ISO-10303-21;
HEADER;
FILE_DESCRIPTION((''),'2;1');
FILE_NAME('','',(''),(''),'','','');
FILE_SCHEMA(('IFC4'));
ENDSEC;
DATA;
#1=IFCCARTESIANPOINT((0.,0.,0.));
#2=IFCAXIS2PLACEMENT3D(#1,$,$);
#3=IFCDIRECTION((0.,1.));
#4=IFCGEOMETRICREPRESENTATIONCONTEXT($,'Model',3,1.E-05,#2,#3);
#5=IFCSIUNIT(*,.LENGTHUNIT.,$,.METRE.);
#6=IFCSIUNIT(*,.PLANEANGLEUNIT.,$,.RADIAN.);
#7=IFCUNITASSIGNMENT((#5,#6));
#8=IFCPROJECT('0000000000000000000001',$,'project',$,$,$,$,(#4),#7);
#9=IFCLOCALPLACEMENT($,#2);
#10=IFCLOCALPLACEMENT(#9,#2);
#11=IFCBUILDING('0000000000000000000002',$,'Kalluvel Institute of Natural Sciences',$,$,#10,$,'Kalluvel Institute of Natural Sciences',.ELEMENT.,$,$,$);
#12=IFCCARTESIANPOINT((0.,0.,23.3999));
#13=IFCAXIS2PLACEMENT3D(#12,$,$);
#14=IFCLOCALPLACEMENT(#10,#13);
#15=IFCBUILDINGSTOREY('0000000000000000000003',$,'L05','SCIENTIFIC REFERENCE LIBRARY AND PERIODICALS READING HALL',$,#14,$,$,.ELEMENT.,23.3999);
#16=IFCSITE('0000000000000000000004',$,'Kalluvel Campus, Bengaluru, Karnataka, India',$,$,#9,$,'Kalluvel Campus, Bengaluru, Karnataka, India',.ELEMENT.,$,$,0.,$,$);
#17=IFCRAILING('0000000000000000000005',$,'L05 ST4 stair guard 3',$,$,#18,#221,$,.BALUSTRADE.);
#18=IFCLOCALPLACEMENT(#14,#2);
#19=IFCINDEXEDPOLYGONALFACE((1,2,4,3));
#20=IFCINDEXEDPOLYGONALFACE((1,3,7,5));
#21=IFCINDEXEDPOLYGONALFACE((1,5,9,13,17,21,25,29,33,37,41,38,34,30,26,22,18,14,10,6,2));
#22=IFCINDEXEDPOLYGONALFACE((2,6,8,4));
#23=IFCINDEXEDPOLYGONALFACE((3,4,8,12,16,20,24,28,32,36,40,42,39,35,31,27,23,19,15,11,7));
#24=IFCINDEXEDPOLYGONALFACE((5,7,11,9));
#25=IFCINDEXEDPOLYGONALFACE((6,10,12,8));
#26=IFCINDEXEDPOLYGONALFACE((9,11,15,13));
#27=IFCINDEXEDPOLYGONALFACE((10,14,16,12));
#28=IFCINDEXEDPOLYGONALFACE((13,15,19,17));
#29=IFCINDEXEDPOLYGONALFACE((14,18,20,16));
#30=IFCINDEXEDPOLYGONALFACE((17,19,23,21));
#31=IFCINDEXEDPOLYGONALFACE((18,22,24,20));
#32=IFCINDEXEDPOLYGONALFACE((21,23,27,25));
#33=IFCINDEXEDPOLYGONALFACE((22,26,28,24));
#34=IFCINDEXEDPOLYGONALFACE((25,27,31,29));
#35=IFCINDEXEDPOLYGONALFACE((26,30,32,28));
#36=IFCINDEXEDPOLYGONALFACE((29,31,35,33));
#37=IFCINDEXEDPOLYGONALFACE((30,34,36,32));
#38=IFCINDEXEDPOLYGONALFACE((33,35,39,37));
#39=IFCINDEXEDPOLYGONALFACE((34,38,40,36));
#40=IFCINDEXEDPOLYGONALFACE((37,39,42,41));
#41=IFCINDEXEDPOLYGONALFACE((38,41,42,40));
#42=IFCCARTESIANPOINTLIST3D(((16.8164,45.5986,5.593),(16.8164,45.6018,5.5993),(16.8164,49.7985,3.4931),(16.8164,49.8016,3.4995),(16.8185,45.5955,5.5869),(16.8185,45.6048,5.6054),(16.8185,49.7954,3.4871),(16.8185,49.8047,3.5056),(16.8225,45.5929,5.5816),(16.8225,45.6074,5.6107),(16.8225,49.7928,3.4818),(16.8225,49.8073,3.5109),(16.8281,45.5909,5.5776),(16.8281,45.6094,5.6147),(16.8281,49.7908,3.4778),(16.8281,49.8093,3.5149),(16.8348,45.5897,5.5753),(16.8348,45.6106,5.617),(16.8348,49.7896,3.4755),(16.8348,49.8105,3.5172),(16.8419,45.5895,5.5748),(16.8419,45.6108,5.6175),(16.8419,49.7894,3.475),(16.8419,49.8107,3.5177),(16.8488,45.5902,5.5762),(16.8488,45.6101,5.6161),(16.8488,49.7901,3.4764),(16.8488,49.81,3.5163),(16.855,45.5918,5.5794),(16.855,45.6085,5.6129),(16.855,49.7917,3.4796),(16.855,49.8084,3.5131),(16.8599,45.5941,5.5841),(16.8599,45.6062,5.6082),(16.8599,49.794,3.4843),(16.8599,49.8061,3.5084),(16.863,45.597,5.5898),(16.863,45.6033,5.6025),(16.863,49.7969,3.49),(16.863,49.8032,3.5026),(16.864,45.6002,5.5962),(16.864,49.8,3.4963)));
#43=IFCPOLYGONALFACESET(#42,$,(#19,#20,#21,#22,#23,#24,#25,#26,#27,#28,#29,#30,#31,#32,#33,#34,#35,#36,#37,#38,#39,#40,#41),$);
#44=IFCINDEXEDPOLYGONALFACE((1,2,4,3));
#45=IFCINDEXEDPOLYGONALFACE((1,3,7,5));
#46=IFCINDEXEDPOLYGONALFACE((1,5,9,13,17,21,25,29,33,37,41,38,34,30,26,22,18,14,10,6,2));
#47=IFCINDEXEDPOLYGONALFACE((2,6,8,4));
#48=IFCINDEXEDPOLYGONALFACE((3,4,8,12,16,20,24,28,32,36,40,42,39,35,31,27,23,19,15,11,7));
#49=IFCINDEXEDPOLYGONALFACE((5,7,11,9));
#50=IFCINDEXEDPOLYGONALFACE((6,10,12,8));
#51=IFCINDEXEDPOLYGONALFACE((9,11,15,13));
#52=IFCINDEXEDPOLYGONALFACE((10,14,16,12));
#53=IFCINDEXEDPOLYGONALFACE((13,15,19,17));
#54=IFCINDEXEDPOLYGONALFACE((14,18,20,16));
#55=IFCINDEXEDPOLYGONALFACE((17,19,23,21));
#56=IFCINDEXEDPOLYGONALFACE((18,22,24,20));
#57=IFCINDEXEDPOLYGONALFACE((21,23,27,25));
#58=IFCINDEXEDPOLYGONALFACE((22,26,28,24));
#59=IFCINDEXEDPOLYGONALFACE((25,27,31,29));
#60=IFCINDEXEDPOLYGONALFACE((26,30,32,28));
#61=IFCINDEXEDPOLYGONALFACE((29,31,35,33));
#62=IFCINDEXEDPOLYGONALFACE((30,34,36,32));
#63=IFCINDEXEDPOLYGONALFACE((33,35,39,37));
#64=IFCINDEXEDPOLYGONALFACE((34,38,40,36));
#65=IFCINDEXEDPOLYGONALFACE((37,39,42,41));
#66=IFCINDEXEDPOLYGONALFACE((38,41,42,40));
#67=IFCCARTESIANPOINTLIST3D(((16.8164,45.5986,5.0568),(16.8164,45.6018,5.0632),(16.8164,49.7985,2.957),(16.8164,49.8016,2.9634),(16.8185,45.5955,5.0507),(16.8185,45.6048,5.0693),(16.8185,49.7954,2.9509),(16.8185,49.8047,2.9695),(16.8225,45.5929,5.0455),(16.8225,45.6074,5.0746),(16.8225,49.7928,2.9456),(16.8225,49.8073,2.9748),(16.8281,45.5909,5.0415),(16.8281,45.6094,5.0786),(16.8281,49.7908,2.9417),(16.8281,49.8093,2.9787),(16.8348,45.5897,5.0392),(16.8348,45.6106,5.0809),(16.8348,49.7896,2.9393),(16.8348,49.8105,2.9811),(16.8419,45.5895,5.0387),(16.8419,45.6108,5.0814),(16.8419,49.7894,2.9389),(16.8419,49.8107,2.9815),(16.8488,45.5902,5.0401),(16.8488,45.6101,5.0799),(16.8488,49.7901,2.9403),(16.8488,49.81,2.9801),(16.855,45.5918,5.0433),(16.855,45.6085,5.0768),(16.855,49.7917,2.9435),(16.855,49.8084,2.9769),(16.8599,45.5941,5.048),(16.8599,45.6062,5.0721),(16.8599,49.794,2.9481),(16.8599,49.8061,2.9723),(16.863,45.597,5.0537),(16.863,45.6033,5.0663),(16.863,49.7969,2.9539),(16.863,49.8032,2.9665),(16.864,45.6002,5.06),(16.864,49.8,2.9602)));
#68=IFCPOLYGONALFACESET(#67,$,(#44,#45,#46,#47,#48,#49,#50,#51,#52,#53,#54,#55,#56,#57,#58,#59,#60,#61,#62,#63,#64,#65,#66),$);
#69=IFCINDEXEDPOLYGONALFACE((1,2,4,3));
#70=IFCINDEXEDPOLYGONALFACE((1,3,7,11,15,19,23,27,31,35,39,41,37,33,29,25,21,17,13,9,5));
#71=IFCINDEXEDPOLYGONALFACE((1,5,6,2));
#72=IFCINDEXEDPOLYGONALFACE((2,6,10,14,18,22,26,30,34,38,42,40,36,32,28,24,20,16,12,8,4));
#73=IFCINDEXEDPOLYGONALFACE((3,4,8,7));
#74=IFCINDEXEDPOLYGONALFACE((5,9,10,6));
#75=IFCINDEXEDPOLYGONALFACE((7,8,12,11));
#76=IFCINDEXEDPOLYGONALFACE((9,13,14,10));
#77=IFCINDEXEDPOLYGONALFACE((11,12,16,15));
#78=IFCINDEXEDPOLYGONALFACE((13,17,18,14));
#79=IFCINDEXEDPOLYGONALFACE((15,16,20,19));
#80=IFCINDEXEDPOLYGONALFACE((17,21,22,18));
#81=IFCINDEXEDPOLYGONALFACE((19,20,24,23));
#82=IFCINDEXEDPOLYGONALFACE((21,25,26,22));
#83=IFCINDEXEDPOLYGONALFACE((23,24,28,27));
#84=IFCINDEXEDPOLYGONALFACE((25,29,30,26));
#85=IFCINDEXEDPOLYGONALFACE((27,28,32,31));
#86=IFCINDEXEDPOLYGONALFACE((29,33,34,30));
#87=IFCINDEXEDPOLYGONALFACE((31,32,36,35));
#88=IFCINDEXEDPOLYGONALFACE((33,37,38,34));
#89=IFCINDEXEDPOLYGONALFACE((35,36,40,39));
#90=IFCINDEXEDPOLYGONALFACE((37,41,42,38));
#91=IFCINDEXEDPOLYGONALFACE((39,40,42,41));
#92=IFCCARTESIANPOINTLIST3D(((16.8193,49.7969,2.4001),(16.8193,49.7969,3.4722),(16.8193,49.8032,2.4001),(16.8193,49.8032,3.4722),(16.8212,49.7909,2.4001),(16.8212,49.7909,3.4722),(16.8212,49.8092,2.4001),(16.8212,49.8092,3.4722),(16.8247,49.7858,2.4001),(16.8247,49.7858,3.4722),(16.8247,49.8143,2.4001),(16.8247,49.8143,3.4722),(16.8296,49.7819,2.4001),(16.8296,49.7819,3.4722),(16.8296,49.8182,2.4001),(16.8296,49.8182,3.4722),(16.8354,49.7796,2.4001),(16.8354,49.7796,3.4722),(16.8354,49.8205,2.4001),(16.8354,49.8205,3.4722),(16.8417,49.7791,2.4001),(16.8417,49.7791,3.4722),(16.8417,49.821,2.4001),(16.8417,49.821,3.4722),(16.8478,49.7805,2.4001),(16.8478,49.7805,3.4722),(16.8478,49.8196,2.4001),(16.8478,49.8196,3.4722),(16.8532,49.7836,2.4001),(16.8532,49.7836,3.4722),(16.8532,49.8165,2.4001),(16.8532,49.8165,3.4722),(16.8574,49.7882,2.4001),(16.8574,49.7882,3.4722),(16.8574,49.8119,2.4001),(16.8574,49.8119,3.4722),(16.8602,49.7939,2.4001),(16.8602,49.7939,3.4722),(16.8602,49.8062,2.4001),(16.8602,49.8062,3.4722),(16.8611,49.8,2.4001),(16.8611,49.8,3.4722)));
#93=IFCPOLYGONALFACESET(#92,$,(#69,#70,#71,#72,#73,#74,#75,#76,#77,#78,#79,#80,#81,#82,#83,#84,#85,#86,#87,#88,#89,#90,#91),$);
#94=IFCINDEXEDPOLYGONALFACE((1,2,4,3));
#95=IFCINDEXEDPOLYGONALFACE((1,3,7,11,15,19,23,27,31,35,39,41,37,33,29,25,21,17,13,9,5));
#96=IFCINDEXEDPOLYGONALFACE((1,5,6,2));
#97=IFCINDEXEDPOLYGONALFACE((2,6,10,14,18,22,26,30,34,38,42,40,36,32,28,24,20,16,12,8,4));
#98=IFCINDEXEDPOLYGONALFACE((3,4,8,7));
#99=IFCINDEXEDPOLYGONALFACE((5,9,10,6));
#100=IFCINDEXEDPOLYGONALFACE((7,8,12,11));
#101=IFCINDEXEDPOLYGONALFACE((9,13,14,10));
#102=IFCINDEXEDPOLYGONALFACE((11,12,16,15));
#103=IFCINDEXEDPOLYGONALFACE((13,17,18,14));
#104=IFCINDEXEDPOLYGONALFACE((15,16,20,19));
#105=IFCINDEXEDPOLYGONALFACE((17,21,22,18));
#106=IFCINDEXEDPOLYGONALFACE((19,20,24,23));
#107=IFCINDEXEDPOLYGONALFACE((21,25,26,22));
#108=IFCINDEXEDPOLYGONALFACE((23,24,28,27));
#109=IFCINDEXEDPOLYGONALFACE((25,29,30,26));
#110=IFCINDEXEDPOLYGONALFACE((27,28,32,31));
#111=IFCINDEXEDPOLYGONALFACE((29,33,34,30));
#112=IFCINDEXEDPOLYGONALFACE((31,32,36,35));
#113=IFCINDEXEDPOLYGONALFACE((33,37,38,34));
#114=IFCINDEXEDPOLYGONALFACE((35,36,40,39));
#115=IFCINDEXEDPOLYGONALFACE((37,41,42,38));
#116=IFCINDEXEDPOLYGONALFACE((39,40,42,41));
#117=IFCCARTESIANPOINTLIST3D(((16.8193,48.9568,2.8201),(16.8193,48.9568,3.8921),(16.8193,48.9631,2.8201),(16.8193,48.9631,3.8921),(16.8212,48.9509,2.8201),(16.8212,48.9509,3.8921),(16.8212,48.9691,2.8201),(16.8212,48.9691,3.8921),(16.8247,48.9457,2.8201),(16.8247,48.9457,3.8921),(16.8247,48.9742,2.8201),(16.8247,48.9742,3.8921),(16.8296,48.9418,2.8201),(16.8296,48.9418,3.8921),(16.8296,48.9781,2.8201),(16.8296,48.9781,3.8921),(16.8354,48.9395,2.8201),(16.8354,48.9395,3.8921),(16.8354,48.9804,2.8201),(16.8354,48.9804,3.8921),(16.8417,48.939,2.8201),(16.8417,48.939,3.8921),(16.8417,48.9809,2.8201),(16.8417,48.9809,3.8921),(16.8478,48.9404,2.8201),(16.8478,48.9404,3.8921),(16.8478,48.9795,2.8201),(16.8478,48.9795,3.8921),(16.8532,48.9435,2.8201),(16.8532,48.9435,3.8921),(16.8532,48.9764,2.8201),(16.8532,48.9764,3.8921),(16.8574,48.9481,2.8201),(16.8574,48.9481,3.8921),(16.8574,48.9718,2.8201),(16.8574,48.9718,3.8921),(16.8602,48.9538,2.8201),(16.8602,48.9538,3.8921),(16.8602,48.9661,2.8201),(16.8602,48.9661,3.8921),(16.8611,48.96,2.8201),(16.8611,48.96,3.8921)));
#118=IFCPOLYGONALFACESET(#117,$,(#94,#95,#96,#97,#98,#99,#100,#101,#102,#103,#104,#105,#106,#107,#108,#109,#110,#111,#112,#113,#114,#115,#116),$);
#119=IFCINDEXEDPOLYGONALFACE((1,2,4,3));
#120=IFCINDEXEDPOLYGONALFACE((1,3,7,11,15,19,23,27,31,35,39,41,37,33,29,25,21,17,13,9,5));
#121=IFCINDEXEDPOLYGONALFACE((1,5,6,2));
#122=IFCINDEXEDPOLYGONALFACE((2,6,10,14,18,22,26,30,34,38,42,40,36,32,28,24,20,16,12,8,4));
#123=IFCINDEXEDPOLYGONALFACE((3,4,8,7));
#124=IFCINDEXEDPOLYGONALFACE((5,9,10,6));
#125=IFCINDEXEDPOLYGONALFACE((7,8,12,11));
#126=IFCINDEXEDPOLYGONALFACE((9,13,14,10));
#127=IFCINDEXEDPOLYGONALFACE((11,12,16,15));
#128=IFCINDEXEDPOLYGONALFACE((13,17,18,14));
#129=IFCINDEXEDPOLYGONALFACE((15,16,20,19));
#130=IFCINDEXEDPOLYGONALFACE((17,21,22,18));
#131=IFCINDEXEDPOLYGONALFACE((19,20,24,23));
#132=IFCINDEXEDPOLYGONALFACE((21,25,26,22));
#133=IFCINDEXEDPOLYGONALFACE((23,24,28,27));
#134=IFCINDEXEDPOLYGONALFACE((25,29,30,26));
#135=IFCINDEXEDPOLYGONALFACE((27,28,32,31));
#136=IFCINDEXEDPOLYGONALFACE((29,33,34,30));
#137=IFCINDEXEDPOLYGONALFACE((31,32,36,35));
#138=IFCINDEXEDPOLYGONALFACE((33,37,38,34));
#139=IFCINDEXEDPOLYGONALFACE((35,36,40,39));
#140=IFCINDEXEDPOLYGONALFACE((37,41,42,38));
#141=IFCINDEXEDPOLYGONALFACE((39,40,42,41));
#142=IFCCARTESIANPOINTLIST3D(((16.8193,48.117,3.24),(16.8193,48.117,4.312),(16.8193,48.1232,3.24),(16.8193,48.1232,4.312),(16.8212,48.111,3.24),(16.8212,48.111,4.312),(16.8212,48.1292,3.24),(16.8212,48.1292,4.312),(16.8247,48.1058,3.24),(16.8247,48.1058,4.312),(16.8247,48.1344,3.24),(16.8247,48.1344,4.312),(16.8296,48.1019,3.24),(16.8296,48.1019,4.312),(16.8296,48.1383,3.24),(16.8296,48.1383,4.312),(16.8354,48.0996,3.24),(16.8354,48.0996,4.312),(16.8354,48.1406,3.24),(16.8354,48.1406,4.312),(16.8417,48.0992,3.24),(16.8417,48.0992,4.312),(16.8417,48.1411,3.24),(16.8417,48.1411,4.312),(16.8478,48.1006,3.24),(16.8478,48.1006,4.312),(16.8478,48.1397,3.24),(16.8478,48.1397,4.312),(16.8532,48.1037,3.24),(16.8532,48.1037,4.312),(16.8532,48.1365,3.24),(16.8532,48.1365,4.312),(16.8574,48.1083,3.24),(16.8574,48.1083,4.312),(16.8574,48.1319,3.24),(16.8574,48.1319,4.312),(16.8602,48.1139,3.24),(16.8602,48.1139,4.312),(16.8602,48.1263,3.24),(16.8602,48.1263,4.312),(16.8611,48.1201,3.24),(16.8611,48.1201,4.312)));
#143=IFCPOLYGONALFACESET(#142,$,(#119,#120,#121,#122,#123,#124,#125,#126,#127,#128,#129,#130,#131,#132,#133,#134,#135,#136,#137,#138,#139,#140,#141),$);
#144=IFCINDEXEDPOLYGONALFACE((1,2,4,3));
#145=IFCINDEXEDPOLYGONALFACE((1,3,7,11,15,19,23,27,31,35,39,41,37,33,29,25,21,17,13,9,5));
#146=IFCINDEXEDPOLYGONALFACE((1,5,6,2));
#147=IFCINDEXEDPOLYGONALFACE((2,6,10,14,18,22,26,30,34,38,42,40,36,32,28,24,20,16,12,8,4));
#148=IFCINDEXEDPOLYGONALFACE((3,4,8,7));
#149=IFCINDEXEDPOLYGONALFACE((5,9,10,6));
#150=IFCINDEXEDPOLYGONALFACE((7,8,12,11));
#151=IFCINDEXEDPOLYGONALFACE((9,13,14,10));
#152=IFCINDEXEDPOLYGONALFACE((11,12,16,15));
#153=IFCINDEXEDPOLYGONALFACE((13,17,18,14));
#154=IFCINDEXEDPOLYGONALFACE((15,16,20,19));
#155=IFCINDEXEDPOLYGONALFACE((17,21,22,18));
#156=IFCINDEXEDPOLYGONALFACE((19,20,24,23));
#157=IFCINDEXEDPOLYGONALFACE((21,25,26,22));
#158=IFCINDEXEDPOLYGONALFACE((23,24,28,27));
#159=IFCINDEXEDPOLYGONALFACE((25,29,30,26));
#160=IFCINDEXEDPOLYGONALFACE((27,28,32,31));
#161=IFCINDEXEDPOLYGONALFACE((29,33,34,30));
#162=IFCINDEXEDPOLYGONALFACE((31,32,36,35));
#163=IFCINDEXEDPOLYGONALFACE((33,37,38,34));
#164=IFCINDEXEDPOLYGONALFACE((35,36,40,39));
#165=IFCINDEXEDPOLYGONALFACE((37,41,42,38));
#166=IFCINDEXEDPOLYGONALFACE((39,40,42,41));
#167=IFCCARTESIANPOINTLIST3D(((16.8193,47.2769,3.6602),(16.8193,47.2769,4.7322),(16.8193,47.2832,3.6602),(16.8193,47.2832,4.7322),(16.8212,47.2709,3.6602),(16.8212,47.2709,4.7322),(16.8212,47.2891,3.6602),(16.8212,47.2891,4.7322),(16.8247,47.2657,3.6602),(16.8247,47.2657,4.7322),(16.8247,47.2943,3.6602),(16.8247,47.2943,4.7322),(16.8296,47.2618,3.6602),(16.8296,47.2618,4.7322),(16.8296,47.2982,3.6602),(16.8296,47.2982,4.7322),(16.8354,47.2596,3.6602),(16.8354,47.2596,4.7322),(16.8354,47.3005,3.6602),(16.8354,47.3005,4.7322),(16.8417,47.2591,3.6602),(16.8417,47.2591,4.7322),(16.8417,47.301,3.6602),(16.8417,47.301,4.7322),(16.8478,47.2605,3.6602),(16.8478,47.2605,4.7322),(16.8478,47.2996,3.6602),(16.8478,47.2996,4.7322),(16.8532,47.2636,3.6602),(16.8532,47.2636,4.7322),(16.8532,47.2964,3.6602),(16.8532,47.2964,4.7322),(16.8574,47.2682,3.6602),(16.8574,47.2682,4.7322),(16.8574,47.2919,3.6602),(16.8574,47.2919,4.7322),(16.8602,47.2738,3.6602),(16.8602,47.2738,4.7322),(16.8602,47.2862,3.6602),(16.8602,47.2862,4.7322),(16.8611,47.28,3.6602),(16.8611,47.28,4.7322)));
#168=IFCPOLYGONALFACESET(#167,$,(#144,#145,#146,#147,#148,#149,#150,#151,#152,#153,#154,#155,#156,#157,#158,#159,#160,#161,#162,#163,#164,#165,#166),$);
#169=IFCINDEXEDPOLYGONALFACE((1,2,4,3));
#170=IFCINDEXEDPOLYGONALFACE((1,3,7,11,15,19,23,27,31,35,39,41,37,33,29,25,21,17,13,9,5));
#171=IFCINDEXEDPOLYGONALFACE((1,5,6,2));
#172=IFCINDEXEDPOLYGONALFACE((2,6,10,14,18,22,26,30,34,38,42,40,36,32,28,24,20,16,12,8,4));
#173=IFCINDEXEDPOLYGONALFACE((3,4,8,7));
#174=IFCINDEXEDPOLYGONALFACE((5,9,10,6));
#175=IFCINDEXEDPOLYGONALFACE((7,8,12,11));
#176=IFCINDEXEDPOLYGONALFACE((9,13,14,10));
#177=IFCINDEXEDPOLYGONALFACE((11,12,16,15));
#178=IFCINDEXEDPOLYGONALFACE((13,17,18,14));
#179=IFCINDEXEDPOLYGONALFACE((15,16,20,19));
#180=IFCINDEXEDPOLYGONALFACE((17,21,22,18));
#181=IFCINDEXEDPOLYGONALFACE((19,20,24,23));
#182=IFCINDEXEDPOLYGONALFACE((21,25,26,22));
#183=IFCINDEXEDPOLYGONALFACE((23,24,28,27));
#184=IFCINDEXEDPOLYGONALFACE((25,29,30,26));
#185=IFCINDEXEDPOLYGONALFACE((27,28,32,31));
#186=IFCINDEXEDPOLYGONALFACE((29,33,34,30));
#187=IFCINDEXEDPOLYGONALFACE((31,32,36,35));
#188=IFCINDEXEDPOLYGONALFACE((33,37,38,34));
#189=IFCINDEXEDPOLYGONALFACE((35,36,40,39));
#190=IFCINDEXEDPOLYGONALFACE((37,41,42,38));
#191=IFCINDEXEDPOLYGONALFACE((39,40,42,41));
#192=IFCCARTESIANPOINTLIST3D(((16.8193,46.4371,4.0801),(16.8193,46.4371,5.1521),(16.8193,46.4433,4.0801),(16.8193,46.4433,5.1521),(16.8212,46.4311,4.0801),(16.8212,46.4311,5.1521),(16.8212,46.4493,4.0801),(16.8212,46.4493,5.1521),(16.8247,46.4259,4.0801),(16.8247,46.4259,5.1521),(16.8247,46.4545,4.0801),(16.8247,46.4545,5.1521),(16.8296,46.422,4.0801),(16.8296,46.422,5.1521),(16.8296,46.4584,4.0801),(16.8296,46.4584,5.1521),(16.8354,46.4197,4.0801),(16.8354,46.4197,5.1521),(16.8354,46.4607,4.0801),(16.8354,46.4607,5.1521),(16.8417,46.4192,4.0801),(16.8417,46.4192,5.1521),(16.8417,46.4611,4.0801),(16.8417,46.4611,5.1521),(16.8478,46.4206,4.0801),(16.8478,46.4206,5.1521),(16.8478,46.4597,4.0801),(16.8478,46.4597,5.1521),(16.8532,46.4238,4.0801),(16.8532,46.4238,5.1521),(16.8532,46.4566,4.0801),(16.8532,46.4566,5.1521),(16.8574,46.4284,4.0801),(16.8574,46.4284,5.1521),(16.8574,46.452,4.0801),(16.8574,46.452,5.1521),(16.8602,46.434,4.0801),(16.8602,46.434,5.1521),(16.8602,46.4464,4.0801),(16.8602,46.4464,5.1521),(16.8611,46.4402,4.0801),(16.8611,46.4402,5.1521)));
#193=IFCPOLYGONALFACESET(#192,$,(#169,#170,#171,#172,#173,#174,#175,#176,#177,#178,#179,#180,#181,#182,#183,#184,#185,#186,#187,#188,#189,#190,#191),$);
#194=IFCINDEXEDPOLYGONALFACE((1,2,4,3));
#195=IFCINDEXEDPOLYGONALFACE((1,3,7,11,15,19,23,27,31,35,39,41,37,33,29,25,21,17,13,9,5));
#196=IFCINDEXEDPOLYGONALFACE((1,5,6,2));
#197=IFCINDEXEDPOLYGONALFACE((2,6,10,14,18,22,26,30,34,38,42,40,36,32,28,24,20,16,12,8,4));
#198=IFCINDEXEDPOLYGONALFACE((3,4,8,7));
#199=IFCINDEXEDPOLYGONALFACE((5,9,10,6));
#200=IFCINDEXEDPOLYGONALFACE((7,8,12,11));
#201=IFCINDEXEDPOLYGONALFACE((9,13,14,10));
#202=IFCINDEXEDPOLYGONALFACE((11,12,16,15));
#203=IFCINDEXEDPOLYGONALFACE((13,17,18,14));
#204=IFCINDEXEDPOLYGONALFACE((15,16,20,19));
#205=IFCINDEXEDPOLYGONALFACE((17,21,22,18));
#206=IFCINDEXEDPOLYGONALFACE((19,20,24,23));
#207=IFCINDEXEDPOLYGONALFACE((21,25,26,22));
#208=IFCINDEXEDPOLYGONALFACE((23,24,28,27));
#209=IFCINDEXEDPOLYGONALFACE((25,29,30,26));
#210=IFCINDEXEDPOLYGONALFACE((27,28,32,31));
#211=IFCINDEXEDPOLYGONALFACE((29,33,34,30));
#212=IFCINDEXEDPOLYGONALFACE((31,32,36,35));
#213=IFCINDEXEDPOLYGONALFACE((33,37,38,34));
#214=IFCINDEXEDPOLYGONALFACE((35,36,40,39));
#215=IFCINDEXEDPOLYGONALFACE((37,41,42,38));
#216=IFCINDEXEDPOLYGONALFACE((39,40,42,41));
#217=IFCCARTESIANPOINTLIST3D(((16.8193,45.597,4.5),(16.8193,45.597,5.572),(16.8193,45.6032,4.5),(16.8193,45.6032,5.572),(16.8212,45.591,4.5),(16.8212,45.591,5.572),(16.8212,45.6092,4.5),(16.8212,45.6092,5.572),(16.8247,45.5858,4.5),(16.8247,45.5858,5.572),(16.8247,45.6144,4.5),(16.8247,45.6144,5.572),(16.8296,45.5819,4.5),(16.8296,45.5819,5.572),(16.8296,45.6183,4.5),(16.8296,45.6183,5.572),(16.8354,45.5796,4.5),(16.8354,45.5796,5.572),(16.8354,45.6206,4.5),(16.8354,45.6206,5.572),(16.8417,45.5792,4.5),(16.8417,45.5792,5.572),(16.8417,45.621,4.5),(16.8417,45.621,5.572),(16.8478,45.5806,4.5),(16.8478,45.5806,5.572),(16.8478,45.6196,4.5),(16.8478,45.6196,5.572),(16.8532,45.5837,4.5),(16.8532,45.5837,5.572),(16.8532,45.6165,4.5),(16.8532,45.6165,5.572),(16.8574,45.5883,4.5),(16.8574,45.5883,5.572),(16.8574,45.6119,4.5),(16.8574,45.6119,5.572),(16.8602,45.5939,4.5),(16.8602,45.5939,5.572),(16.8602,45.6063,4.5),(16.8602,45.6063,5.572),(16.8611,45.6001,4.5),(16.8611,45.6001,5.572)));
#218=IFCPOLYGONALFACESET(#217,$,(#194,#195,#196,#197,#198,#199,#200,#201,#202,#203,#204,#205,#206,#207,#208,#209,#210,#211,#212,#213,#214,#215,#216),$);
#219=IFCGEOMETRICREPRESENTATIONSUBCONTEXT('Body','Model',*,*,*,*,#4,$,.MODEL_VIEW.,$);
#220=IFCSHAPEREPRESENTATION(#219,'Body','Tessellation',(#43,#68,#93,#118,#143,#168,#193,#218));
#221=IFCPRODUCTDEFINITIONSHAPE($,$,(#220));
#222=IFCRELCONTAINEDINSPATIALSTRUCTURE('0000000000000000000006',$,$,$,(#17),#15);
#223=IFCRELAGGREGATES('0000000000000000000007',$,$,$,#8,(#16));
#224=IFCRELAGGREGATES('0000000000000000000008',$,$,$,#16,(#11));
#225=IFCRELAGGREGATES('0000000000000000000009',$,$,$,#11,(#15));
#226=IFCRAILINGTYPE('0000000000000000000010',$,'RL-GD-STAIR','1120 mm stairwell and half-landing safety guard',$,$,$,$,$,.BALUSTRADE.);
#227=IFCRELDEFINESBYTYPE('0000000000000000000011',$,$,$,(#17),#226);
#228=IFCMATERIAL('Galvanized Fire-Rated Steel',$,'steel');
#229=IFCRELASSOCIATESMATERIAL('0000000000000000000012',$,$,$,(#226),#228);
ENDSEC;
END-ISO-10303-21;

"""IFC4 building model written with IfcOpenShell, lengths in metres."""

from ifc_helpers import new_model, si_unit, direction, frame, origin, origin_2d, place, context, subcontext, project, spatial, circle, extrude, material, type_object, element, save


model = new_model("IFC4")

# Units and contexts
model_context = context("Model", 3, precision=1e-05, world=origin(), true_north=direction((0.0, 1.0)))
body_context = subcontext(model_context, "Body", "Model", "MODEL_VIEW")
ifc_project = project(units=[si_unit("LENGTHUNIT", "METRE"), si_unit("PLANEANGLEUNIT", "RADIAN")], contexts=[model_context])

# Site, building, storey
site_placement = place(None, origin())
site = spatial("IfcSite", under=ifc_project, at=site_placement, Name="Kalluvel Campus, Bengaluru, Karnataka, India", LongName="Kalluvel Campus, Bengaluru, Karnataka, India", CompositionType="ELEMENT", RefElevation=0.0)
building_placement = place(site_placement, origin())
building = spatial("IfcBuilding", under=site, at=building_placement, Name="Kalluvel Institute of Natural Sciences", LongName="Kalluvel Institute of Natural Sciences", CompositionType="ELEMENT")
storey_placement = place(building_placement, frame((0.0, 0.0, 23.3999)))
storey = spatial("IfcBuildingStorey", under=building, at=storey_placement, Name="L05", Description="SCIENTIFIC REFERENCE LIBRARY AND PERIODICALS READING HALL", CompositionType="ELEMENT", Elevation=23.3999)

# Shared definitions
ifc_material_1 = material(Name="Galvanized Fire-Rated Steel", Category="steel")

# Railing
railing_type_1 = type_object("IfcRailingType", Name="RL-GD-STAIR", Description="1120 mm stairwell and half-landing safety guard", PredefinedType="BALUSTRADE", material=ifc_material_1)
railing_1_placement = place(storey_placement, frame((16.8401, 49.8, 2.4001)))
element("IfcRailing", 1, at=railing_1_placement, inside=storey, type_object=railing_type_1, Name="L05 ST4 stair guard 3", PredefinedType="BALUSTRADE", context=body_context, shape_type="SweptSolid", body=[
    extrude(circle(Radius=0.0239, at=origin_2d()), frame((0.0, 0.0, 1.0962), z_axis=(0.0, -0.894438, 0.447193), x_axis=(1.0, 0.0, 0.0)), (0.0, 0.0, 1.0), 4.6956),
    extrude(circle(Radius=0.0239, at=origin_2d()), frame((0.0, 0.0, 0.5601), z_axis=(0.0, -0.894438, 0.447193), x_axis=(1.0, 0.0, 0.0)), (0.0, 0.0, 1.0), 4.6956),
    extrude(circle(Radius=0.021, at=origin_2d()), origin(), (0.0, 0.0, 1.0), 1.072),
    extrude(circle(Radius=0.021, at=origin_2d()), frame((0.0, -0.8401, 0.4199)), (0.0, 0.0, 1.0), 1.072),
    extrude(circle(Radius=0.021, at=origin_2d()), frame((0.0, -1.6799, 0.8398)), (0.0, 0.0, 1.0), 1.072),
    extrude(circle(Radius=0.021, at=origin_2d()), frame((0.0, -2.52, 1.26)), (0.0, 0.0, 1.0), 1.072),
    extrude(circle(Radius=0.021, at=origin_2d()), frame((0.0, -3.3599, 1.6799)), (0.0, 0.0, 1.0), 1.072),
    extrude(circle(Radius=0.021, at=origin_2d()), frame((0.0, -4.2, 2.0999)), (0.0, 0.0, 1.0), 1.072),
])

save(model, "model.ifc")
